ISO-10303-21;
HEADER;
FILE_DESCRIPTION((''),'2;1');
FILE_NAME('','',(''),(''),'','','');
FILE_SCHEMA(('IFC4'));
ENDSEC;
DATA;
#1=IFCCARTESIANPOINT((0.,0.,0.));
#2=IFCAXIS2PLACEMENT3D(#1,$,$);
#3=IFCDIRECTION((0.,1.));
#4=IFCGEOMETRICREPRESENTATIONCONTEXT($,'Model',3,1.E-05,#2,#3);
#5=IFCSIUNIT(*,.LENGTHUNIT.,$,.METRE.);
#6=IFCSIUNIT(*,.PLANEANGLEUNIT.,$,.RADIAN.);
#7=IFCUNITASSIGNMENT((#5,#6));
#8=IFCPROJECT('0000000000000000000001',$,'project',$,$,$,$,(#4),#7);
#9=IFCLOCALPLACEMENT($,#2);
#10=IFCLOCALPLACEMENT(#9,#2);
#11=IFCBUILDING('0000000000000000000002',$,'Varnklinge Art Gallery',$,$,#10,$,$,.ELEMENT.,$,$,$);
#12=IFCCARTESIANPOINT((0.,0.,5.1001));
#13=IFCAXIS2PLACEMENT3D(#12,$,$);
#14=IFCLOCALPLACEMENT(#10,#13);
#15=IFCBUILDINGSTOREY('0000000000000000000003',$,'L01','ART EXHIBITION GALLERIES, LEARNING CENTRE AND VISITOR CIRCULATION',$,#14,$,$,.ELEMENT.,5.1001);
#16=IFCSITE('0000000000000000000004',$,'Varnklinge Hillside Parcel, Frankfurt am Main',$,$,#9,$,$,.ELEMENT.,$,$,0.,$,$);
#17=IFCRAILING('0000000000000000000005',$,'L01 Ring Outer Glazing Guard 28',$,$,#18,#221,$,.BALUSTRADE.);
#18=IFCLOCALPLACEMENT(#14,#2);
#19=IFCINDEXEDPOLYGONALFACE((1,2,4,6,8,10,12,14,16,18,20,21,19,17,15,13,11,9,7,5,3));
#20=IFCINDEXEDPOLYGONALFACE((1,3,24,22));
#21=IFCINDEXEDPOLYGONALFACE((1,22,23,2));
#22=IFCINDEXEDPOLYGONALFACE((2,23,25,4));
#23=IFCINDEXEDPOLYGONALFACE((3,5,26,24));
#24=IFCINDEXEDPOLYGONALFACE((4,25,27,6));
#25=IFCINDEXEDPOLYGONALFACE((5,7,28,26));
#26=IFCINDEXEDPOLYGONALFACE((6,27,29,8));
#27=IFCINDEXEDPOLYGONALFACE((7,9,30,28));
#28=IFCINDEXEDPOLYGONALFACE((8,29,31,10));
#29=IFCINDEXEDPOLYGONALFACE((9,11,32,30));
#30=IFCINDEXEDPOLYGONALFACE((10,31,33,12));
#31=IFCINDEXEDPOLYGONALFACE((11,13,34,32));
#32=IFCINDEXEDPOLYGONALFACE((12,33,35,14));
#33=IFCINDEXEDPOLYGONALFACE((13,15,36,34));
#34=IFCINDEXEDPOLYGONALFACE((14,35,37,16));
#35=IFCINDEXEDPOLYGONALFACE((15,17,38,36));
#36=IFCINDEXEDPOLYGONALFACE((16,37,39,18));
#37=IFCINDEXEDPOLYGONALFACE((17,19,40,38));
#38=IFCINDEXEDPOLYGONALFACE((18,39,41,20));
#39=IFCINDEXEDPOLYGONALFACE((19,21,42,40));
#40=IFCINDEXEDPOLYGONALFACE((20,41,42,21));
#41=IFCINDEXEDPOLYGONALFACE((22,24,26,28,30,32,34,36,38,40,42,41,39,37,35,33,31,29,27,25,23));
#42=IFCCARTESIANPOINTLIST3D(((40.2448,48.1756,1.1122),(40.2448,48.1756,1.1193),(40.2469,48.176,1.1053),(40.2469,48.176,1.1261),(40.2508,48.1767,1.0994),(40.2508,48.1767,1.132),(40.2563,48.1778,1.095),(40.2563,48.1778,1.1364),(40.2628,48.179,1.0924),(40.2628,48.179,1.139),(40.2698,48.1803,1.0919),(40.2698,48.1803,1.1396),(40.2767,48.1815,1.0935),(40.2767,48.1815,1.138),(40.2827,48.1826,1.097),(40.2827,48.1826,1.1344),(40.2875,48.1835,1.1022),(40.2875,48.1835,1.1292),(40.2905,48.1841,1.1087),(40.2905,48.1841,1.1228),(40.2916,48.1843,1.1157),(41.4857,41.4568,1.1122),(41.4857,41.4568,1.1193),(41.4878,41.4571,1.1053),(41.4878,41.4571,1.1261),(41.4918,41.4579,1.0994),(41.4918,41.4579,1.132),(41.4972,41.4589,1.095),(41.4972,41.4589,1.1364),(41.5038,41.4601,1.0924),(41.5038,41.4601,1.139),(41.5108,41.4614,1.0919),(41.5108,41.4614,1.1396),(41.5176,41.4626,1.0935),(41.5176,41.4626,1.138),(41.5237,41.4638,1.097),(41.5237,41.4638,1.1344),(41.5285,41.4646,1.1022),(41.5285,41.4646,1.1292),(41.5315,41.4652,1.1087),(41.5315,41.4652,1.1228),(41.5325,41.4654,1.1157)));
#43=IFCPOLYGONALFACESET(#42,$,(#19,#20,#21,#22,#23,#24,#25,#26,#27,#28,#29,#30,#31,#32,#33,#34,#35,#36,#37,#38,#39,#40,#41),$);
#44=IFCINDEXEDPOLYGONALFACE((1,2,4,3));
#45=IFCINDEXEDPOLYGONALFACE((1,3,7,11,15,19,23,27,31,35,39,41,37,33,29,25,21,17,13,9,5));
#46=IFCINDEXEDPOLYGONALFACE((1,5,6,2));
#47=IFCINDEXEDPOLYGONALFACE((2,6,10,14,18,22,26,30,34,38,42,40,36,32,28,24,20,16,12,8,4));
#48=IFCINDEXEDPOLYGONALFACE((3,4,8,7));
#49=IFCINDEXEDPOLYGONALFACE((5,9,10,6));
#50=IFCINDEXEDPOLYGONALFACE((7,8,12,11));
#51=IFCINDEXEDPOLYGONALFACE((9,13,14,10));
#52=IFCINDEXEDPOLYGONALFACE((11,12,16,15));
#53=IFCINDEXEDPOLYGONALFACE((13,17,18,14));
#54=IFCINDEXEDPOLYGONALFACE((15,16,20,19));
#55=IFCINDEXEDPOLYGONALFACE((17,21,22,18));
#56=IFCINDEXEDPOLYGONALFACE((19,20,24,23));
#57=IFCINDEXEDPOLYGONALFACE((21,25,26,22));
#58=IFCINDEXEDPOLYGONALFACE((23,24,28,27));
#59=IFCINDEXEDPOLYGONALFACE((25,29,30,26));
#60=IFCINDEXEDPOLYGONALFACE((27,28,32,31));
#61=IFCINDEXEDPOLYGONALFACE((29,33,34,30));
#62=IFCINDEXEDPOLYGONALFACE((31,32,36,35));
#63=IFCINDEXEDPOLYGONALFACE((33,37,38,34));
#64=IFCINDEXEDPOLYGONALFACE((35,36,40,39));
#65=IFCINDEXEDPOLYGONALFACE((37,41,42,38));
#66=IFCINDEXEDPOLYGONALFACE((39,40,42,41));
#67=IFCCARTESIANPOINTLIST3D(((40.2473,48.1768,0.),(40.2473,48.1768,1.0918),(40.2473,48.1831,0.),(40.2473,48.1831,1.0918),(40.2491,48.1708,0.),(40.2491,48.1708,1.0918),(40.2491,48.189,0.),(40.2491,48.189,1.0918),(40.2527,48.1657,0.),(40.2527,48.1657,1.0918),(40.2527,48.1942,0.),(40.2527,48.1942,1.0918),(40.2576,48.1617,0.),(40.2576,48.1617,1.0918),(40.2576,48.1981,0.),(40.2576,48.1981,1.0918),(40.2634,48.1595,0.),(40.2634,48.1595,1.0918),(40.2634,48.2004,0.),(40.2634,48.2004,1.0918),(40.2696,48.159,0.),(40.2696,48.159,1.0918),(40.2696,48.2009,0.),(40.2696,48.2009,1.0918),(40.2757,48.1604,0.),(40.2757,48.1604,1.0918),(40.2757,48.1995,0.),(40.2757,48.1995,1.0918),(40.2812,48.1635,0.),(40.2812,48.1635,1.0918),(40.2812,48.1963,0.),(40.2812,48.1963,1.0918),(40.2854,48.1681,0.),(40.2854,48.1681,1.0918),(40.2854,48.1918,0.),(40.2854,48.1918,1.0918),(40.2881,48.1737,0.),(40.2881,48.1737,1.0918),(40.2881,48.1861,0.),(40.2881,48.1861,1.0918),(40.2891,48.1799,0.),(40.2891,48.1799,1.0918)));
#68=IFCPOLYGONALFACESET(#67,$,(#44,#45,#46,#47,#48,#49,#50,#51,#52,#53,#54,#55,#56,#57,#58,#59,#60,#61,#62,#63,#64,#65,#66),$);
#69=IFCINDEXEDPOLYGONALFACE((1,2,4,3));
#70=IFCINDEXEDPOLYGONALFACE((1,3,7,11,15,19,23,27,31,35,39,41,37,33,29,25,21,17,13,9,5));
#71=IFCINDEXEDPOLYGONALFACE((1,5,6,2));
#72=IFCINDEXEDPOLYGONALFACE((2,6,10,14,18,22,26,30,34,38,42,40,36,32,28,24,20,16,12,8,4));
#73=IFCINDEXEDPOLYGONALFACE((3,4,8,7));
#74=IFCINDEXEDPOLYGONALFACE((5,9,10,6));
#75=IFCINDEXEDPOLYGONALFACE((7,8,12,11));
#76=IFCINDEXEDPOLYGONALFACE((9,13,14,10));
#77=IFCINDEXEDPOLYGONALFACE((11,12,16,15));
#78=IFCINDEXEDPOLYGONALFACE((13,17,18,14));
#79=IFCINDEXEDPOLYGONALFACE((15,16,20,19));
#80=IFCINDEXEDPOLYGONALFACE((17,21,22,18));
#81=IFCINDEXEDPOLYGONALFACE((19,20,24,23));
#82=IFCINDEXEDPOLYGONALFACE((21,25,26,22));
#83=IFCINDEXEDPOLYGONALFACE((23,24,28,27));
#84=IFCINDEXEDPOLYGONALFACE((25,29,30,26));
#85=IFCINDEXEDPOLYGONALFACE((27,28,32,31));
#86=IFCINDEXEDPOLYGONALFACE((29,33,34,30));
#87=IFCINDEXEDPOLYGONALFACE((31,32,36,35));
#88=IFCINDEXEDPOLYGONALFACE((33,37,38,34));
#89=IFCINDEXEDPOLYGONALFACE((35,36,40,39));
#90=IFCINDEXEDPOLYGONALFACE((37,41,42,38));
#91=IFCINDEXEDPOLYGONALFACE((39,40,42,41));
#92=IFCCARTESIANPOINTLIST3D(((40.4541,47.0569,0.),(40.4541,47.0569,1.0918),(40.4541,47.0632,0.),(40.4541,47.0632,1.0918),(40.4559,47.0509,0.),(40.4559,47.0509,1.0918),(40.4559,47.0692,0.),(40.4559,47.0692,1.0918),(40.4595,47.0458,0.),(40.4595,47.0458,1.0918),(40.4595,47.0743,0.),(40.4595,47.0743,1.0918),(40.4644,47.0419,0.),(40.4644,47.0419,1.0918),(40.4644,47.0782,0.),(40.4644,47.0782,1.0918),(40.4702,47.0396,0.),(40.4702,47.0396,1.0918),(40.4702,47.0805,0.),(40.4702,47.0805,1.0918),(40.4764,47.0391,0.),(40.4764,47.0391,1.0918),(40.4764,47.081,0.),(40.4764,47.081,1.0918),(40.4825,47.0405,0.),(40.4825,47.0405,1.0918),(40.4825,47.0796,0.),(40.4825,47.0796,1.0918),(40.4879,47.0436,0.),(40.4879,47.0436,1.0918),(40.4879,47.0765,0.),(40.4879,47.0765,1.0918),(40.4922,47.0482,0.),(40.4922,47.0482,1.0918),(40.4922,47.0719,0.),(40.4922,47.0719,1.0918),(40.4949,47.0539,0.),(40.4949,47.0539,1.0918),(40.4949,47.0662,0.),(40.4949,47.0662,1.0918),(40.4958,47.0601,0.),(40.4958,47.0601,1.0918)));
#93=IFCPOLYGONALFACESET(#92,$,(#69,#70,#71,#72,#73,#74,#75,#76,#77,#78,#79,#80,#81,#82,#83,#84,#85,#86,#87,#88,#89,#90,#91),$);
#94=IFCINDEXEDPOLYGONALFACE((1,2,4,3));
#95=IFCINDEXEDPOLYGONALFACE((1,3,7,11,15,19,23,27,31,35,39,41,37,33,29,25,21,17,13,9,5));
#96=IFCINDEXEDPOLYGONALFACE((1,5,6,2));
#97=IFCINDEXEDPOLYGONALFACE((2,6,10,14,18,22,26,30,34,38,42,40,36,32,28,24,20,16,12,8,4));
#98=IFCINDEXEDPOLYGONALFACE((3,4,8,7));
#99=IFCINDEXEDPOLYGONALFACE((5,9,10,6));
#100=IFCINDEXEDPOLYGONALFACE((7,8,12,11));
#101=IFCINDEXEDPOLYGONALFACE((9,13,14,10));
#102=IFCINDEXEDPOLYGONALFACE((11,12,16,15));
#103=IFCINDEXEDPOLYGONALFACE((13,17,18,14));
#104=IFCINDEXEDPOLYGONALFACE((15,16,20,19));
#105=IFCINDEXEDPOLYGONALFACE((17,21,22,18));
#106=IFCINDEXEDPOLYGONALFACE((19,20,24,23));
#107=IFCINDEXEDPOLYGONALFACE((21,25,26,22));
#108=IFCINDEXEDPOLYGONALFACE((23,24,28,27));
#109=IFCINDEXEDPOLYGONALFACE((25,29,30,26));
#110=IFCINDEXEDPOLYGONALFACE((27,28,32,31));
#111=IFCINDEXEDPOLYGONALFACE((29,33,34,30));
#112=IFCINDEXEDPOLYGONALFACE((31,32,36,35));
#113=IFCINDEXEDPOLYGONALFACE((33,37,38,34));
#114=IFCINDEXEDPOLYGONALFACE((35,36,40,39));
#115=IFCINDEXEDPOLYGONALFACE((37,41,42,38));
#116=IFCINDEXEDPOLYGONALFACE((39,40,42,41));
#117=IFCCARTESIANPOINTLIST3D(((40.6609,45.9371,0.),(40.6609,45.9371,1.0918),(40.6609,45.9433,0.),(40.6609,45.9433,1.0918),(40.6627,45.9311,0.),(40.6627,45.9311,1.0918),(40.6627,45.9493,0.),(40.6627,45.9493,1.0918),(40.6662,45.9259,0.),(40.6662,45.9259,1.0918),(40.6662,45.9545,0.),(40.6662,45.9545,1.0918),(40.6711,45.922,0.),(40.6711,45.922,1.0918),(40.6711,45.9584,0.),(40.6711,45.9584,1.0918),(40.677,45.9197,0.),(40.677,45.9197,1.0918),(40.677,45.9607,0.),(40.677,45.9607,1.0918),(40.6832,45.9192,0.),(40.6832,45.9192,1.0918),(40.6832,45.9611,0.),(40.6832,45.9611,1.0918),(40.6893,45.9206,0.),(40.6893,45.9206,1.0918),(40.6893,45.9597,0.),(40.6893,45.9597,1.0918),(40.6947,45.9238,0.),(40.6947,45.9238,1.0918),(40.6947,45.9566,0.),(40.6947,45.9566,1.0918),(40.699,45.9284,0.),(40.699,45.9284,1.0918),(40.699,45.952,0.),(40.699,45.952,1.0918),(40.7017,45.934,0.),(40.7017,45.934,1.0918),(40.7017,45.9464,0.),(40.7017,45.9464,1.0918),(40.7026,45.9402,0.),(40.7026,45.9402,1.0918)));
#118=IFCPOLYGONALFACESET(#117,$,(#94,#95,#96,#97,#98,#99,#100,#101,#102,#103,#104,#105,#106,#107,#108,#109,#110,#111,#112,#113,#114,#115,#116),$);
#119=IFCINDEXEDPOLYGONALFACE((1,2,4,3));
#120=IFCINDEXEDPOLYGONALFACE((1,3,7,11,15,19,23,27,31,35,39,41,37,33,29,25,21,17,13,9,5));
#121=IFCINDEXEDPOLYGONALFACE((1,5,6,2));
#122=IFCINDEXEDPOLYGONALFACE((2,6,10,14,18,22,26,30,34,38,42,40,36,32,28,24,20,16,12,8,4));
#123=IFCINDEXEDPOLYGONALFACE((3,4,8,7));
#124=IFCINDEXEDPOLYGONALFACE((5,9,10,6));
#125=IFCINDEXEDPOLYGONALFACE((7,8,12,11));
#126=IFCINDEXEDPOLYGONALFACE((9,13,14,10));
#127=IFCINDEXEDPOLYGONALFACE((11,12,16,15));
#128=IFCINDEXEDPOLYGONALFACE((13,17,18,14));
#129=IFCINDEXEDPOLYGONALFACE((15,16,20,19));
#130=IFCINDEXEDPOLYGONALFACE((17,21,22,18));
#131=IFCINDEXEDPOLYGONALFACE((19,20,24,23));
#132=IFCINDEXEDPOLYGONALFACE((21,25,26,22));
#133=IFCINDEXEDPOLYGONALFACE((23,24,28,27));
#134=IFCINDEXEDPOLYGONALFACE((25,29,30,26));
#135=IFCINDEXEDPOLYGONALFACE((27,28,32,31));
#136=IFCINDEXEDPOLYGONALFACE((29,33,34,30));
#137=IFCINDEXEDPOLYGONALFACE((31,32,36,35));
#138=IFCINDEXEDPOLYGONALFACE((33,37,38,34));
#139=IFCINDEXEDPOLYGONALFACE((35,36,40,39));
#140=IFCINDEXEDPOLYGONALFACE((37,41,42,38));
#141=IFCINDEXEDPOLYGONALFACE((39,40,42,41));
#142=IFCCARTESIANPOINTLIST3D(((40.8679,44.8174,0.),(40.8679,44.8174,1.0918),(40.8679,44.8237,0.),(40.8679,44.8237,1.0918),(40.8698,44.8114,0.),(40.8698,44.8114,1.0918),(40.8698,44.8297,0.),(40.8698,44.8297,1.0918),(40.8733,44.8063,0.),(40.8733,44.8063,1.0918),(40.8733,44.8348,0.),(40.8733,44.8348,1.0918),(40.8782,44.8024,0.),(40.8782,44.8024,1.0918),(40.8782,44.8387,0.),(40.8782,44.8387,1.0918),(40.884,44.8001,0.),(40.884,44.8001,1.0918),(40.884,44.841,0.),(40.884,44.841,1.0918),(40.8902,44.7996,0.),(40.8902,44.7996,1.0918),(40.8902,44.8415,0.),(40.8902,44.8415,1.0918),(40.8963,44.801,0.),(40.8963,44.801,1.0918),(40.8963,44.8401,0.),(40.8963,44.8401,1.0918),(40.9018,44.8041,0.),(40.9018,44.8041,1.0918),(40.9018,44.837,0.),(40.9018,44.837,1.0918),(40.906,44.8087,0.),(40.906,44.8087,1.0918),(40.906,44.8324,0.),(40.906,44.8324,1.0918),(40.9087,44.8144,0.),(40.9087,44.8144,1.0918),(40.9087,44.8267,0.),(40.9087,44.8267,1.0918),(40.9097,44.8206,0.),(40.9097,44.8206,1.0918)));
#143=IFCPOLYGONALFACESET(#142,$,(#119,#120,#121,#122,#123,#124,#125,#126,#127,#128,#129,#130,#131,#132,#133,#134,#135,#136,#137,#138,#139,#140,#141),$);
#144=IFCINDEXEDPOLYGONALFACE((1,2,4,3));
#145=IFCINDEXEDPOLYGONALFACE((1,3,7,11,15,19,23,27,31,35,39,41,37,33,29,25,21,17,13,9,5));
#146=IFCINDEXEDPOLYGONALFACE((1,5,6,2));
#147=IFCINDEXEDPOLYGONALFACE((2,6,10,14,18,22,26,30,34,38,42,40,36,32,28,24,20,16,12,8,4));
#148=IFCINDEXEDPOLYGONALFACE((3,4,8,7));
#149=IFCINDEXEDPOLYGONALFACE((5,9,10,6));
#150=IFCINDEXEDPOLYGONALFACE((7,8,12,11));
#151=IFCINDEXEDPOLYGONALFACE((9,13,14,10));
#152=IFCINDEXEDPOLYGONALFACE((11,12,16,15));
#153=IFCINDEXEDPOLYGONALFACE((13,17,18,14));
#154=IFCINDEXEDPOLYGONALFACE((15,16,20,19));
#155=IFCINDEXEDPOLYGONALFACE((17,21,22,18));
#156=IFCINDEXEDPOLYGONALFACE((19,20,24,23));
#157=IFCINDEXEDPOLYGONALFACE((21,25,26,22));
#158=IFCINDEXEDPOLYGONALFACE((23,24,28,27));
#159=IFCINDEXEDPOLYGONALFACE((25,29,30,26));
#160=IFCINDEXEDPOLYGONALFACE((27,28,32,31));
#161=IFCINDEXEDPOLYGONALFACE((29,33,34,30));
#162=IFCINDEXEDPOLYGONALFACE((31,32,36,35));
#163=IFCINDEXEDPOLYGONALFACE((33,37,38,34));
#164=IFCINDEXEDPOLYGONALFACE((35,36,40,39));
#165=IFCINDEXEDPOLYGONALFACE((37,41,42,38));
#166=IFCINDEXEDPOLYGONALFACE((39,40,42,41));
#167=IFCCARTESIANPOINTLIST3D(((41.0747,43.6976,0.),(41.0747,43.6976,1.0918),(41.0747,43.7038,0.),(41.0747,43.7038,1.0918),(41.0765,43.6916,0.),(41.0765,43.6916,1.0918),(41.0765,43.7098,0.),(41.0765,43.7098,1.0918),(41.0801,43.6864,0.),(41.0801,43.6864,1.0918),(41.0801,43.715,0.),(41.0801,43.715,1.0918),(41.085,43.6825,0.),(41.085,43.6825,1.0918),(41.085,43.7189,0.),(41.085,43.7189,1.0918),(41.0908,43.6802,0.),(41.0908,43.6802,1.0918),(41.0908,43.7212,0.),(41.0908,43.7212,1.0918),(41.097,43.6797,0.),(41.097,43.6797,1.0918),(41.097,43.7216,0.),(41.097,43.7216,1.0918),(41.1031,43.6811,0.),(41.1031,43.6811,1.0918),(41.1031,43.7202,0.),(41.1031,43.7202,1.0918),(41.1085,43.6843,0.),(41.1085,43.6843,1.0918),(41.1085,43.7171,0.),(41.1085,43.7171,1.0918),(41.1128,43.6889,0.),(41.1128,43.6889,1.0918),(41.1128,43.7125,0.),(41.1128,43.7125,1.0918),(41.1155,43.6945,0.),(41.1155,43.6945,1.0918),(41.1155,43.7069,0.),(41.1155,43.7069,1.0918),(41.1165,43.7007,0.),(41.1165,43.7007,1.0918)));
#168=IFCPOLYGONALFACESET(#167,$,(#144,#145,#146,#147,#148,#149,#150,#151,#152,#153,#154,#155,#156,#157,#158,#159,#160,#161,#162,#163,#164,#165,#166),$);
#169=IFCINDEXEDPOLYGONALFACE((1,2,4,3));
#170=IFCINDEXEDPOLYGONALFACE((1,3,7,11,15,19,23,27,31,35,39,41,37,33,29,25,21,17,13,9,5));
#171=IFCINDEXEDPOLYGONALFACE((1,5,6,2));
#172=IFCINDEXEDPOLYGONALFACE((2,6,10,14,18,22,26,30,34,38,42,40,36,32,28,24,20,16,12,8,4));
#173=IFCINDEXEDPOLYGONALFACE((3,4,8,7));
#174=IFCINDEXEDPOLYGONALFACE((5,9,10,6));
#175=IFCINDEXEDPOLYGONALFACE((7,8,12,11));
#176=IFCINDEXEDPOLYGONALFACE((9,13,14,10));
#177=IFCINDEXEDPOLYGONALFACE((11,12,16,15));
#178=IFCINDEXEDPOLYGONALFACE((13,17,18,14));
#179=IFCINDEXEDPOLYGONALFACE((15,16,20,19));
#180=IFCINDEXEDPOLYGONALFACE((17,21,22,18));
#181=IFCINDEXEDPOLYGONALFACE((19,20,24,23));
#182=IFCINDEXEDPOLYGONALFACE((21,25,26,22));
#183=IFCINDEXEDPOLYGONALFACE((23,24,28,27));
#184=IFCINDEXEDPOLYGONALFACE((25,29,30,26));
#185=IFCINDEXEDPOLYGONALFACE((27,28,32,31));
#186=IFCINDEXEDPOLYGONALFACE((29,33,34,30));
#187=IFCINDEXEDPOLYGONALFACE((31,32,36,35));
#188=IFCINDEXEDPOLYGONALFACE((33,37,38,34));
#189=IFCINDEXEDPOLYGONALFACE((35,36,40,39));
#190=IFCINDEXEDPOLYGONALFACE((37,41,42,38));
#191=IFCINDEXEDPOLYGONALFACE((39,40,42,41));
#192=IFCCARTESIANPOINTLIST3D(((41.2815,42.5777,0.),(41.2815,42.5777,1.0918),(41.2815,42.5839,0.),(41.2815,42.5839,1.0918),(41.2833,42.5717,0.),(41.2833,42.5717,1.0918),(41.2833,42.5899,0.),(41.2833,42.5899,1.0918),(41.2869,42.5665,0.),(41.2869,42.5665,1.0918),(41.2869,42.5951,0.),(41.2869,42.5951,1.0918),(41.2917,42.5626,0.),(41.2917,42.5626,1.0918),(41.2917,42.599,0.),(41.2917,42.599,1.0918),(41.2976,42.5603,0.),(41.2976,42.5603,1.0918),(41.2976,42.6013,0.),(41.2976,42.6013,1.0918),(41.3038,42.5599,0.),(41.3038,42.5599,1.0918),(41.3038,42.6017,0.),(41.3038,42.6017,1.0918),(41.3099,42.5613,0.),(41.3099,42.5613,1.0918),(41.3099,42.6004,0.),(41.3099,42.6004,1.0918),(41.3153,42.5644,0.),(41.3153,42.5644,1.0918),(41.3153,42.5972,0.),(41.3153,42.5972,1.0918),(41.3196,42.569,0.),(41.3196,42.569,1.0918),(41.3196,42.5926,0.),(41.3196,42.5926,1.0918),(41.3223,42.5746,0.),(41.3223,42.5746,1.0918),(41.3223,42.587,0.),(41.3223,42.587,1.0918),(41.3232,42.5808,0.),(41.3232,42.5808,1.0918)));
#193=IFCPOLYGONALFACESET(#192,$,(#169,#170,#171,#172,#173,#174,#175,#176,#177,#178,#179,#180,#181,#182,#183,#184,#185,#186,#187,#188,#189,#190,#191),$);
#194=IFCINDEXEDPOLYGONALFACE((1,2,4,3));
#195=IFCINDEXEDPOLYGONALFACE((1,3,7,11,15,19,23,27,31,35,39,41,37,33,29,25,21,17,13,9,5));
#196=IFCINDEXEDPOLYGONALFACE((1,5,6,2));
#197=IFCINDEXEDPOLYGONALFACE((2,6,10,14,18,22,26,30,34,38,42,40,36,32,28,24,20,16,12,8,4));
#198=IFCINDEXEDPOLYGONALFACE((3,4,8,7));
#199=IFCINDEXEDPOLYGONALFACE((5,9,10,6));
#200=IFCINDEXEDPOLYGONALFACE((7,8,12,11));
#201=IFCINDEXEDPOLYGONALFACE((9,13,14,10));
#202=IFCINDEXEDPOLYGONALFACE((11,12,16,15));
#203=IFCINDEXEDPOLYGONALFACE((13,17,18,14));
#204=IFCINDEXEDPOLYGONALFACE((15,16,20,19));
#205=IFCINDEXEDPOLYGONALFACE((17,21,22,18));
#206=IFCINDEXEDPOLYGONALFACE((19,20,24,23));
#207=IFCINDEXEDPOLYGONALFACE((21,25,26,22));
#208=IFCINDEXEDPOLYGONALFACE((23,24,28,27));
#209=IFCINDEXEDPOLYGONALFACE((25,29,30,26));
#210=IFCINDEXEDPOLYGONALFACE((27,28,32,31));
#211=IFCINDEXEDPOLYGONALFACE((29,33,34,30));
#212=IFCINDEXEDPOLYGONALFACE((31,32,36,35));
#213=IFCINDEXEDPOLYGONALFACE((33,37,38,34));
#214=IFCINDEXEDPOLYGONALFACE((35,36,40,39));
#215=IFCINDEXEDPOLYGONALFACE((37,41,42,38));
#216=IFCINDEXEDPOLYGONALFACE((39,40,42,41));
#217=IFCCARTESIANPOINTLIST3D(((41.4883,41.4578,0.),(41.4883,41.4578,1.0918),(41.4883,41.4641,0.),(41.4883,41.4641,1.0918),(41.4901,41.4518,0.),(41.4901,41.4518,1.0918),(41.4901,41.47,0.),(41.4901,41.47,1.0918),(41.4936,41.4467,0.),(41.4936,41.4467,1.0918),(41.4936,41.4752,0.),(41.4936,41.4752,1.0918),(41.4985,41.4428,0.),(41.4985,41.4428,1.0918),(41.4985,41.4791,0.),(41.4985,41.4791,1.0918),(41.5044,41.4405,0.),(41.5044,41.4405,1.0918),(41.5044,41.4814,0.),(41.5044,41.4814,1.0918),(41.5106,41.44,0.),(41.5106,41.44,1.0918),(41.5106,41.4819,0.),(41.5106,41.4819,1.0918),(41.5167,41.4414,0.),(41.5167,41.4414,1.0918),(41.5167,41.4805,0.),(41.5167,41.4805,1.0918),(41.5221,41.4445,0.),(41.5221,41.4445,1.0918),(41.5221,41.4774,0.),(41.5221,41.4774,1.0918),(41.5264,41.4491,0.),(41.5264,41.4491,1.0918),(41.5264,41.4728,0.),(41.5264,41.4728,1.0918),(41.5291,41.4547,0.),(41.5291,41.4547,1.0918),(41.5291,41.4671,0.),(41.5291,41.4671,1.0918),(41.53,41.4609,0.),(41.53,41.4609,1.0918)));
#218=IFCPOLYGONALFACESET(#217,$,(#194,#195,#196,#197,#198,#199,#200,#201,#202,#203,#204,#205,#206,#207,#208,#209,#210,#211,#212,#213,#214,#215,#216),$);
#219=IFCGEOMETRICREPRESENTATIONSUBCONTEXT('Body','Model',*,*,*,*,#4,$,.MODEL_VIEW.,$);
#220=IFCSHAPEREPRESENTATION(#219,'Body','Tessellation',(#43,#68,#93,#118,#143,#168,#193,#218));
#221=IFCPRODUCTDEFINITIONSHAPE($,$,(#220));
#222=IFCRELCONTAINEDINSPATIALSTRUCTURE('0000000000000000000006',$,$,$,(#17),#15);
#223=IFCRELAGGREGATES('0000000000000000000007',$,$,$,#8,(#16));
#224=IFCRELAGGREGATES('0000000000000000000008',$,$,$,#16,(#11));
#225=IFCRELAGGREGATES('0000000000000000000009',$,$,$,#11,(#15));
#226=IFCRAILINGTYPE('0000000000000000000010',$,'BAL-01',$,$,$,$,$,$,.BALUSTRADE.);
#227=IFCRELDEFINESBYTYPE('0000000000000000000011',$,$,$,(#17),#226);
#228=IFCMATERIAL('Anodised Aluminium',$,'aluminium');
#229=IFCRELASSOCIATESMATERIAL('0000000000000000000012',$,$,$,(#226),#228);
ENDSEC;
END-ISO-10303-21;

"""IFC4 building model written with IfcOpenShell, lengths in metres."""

from ifc_helpers import new_model, si_unit, direction, frame, origin, origin_2d, place, context, subcontext, project, spatial, circle, extrude, material, type_object, element, save


model = new_model("IFC4")

# Units and contexts
model_context = context("Model", 3, precision=1e-05, world=origin(), true_north=direction((0.0, 1.0)))
body_context = subcontext(model_context, "Body", "Model", "MODEL_VIEW")
ifc_project = project(units=[si_unit("LENGTHUNIT", "METRE"), si_unit("PLANEANGLEUNIT", "RADIAN")], contexts=[model_context])

# Site, building, storey
site_placement = place(None, origin())
site = spatial("IfcSite", under=ifc_project, at=site_placement, Name="Varnklinge Hillside Parcel, Frankfurt am Main", CompositionType="ELEMENT", RefElevation=0.0)
building_placement = place(site_placement, origin())
building = spatial("IfcBuilding", under=site, at=building_placement, Name="Varnklinge Art Gallery", CompositionType="ELEMENT")
storey_placement = place(building_placement, frame((0.0, 0.0, 5.1001)))
storey = spatial("IfcBuildingStorey", under=building, at=storey_placement, Name="L01", Description="ART EXHIBITION GALLERIES, LEARNING CENTRE AND VISITOR CIRCULATION", CompositionType="ELEMENT", Elevation=5.1001)

# Railing
ifc_material_1 = material(Name="Anodised Aluminium", Category="aluminium")
railing_type = type_object("IfcRailingType", Name="BAL-01", PredefinedType="BALUSTRADE", material=ifc_material_1)
railing_1_placement = place(storey_placement, frame((40.2681, 48.1799, 0.0)))
element("IfcRailing", 1, at=railing_1_placement, inside=storey, type_object=railing_type, Name="L01 Ring Outer Glazing Guard 28", PredefinedType="BALUSTRADE", context=body_context, shape_type="SweptSolid", body=[
    extrude(circle(Radius=0.0239, at=origin_2d()), frame((0.0, 0.0, 1.1157), z_axis=(0.181623, -0.983368, 0.0), x_axis=(0.983368, 0.181623, 0.0)), (0.0, 0.0, 1.0), 6.8325),
    extrude(circle(Radius=0.021, at=origin_2d()), origin(), (0.0, 0.0, 1.0), 1.0918),
    extrude(circle(Radius=0.021, at=origin_2d()), frame((0.2068, -1.1199, 0.0)), (0.0, 0.0, 1.0), 1.0918),
    extrude(circle(Radius=0.021, at=origin_2d()), frame((0.4136, -2.2397, 0.0)), (0.0, 0.0, 1.0), 1.0918),
    extrude(circle(Radius=0.021, at=origin_2d()), frame((0.6206, -3.3594, 0.0)), (0.0, 0.0, 1.0), 1.0918),
    extrude(circle(Radius=0.021, at=origin_2d()), frame((0.8274, -4.4792, 0.0)), (0.0, 0.0, 1.0), 1.0918),
    extrude(circle(Radius=0.021, at=origin_2d()), frame((1.0342, -5.5991, 0.0)), (0.0, 0.0, 1.0), 1.0918),
    extrude(circle(Radius=0.021, at=origin_2d()), frame((1.241, -6.719, 0.0)), (0.0, 0.0, 1.0), 1.0918),
])

save(model, "model.ifc")
